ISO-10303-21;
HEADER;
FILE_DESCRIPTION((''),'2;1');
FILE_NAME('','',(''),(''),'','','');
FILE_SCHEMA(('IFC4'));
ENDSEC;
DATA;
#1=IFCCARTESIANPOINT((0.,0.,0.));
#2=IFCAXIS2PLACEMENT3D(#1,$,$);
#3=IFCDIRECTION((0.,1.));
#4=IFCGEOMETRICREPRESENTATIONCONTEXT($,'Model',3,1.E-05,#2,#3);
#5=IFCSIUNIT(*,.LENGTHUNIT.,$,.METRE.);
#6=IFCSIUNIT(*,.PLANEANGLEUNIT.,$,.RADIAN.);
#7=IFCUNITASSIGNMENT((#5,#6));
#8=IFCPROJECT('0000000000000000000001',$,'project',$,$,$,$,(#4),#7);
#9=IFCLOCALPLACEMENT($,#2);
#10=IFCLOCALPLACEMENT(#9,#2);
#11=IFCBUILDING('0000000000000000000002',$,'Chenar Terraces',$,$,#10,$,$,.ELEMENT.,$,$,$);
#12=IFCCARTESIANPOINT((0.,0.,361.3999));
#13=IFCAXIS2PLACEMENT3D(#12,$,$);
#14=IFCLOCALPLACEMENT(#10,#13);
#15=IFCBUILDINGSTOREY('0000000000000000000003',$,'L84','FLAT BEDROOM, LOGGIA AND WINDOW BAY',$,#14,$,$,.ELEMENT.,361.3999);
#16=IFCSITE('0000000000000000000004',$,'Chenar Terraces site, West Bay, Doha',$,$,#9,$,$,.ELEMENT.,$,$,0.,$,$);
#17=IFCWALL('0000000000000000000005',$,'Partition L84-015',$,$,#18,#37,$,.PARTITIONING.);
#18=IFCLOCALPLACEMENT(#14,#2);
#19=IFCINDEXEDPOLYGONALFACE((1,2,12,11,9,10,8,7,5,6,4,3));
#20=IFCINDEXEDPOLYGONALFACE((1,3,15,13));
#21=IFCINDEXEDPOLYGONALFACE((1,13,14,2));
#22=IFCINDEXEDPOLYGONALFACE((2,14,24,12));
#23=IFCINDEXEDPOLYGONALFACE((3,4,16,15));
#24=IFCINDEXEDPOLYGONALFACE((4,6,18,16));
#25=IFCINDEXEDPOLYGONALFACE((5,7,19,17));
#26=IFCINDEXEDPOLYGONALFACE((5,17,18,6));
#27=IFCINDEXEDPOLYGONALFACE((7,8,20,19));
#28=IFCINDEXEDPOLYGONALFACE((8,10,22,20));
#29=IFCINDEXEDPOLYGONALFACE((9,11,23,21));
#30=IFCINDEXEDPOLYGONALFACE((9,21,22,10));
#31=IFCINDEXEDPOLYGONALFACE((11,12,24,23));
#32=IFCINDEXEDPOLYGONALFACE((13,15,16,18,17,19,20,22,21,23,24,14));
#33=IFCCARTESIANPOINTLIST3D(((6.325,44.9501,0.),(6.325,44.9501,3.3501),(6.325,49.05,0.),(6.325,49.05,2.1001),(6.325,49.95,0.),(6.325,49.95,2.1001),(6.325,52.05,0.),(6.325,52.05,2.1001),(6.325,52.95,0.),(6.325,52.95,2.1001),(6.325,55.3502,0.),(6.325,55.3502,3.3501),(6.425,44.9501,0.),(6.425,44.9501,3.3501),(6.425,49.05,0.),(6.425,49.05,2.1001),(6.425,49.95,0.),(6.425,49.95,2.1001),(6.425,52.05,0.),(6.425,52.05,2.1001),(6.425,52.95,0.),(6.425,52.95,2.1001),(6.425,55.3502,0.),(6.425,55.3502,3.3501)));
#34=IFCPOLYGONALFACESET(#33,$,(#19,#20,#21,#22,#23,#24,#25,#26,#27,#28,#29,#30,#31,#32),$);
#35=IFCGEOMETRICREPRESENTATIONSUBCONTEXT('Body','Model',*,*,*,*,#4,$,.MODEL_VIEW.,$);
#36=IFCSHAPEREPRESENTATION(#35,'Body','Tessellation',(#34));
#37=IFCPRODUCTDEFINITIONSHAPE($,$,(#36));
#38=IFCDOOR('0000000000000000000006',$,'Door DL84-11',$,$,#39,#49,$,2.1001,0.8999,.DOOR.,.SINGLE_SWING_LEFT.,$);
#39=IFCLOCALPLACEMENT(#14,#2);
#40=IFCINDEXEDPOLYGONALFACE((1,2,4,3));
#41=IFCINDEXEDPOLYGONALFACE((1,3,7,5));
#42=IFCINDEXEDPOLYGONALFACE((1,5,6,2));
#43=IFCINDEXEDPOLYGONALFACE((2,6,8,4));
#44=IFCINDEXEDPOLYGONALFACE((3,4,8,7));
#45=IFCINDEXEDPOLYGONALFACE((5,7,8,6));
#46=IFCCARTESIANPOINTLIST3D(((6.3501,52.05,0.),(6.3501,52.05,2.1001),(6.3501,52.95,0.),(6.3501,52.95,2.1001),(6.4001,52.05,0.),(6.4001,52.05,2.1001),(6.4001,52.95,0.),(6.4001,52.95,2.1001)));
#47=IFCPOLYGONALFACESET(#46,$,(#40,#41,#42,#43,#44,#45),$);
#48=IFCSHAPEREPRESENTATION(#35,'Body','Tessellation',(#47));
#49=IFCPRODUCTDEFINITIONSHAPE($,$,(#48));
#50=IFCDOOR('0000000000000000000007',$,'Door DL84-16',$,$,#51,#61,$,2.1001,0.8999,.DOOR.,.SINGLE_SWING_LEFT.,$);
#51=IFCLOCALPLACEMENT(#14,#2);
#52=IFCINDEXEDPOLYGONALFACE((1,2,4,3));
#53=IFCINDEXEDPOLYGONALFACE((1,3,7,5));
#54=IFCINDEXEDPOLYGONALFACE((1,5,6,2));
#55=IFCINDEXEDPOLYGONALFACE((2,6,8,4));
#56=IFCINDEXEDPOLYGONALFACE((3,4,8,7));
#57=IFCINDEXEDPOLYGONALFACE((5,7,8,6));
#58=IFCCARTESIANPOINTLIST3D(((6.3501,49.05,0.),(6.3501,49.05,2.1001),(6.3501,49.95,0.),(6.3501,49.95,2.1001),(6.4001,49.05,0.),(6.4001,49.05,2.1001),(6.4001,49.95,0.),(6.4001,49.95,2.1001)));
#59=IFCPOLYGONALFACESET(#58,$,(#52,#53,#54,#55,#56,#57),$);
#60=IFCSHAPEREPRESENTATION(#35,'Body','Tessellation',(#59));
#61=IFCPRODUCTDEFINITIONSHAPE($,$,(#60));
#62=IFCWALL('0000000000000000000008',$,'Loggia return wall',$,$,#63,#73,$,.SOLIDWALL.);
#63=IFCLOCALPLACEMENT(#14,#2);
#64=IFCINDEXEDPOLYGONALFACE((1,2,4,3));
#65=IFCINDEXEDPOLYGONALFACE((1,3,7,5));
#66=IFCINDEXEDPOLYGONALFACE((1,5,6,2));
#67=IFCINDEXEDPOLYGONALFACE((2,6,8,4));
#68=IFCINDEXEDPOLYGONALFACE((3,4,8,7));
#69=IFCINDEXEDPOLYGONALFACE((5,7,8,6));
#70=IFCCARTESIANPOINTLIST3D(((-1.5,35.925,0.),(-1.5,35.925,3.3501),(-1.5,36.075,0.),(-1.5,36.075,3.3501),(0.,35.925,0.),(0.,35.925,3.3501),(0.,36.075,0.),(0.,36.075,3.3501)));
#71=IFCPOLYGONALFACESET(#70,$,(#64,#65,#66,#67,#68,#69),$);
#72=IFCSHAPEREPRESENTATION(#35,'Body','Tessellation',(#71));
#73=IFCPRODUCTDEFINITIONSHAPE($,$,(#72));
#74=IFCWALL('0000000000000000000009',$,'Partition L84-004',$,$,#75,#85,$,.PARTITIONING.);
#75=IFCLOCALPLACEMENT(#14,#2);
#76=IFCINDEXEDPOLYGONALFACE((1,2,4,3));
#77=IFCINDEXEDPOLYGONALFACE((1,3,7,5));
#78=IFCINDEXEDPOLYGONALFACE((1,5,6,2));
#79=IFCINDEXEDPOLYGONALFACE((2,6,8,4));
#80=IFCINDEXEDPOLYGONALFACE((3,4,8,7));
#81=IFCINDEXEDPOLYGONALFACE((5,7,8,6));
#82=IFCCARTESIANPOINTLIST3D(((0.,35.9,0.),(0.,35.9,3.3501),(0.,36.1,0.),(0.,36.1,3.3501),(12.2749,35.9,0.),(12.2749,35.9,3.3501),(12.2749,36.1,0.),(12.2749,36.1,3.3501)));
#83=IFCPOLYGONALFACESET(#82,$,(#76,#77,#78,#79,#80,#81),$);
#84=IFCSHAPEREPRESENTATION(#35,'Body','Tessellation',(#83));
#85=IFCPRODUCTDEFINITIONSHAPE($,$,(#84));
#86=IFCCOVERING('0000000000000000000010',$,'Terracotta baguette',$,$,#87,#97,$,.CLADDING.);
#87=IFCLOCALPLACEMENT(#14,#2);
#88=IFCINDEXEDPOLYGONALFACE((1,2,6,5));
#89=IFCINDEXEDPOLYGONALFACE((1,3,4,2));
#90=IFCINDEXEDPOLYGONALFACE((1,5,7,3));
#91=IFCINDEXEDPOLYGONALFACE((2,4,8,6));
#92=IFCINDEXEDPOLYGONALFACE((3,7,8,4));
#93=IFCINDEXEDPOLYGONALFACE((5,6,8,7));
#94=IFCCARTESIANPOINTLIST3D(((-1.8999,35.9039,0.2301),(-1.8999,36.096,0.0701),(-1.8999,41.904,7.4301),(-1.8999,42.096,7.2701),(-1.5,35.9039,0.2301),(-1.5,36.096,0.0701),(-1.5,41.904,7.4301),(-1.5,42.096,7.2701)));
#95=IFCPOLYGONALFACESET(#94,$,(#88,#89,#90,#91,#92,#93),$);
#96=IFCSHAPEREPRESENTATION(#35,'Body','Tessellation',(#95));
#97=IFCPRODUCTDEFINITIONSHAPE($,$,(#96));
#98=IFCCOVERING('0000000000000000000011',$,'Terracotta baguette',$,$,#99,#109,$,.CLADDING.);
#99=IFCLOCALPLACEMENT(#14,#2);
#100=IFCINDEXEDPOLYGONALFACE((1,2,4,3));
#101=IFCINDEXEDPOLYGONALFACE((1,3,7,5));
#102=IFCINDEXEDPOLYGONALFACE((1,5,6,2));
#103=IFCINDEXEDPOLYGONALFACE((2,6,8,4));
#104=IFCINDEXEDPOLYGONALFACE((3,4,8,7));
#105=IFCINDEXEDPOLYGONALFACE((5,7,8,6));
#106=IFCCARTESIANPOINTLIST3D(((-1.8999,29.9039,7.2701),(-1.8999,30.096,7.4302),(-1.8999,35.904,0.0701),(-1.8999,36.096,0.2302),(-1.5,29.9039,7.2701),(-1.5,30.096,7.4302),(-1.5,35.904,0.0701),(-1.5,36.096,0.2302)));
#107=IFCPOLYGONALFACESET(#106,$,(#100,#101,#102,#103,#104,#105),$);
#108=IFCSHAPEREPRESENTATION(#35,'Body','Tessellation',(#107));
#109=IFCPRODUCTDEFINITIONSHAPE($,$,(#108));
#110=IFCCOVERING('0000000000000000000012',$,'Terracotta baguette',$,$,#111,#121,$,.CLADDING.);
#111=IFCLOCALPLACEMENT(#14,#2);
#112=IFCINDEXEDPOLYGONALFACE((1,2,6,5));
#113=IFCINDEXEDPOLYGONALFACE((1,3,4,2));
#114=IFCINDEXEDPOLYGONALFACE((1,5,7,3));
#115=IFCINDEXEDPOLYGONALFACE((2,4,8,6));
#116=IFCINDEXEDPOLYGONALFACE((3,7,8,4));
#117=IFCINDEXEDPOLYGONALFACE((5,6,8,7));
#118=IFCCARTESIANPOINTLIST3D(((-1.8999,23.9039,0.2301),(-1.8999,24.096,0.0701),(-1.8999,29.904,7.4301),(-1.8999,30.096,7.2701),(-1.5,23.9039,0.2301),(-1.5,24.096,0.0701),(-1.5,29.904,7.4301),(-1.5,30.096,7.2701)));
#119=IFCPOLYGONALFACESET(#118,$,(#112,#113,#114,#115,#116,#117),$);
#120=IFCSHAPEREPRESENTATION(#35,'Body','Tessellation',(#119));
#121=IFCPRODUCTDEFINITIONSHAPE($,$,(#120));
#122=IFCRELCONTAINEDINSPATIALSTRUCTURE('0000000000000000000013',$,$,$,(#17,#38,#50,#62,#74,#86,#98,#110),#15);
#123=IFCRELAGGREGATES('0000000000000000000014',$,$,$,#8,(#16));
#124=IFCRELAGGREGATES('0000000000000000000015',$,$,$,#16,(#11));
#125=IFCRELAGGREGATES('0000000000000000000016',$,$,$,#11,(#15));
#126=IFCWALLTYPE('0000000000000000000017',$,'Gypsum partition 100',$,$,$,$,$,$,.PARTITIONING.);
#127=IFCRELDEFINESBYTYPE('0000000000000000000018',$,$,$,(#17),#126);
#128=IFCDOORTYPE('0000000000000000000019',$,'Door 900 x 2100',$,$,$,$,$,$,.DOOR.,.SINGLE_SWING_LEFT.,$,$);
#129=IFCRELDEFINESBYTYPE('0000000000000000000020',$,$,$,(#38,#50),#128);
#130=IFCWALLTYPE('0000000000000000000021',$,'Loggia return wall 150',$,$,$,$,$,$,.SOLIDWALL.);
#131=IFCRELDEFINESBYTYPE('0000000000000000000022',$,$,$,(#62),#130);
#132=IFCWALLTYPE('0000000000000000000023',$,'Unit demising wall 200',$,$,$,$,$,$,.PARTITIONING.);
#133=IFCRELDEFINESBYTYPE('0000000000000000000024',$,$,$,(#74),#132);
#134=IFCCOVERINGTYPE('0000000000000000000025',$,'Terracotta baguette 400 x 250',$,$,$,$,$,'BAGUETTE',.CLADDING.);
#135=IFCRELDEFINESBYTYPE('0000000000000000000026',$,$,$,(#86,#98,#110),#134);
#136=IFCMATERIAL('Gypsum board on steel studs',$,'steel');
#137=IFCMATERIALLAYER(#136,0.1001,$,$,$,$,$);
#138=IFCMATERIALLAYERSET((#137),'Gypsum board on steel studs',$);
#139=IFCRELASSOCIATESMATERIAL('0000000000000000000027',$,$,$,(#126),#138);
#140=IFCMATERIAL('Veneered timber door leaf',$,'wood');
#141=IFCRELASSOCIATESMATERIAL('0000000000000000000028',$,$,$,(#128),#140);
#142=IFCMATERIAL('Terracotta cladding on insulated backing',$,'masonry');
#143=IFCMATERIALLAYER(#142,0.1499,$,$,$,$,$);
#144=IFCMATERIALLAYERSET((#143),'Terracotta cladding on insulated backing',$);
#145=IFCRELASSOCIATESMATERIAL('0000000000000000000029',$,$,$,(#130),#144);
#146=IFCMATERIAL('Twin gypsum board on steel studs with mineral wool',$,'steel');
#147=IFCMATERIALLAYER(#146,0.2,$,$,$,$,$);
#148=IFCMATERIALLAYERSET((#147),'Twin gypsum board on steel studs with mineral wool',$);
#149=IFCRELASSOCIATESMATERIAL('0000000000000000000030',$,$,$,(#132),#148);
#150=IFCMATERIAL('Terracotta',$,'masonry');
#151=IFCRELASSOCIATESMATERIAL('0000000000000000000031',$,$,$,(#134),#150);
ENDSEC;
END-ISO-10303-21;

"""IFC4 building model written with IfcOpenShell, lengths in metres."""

from ifc_helpers import new_model, si_unit, direction, frame, frame_2d, origin, origin_2d, place, context, subcontext, project, spatial, rectangle, extrude, material, layer, layer_set, material_profile, profile_set, type_object, element, fill, save


model = new_model("IFC4")

# Units and contexts
model_context = context("Model", 3, precision=1e-05, world=origin(), true_north=direction((0.0, 1.0)))
body_context = subcontext(model_context, "Body", "Model", "MODEL_VIEW")
ifc_project = project(units=[si_unit("LENGTHUNIT", "METRE"), si_unit("PLANEANGLEUNIT", "RADIAN")], contexts=[model_context])

# Site, building, storey
site_placement = place(None, origin())
site = spatial("IfcSite", under=ifc_project, at=site_placement, Name="Chenar Terraces site, West Bay, Doha", CompositionType="ELEMENT", RefElevation=0.0)
building_placement = place(site_placement, origin())
building = spatial("IfcBuilding", under=site, at=building_placement, Name="Chenar Terraces", CompositionType="ELEMENT")
storey_placement = place(building_placement, frame((0.0, 0.0, 361.3999)))
storey = spatial("IfcBuildingStorey", under=building, at=storey_placement, Name="L84", Description="FLAT BEDROOM, LOGGIA AND WINDOW BAY", CompositionType="ELEMENT", Elevation=361.3999)

# Shared definitions
placement = place(storey_placement, frame((0.0, 36.0, 0.0), z_axis=(0.0, 0.0, 1.0), x_axis=(1.0, 0.0, 0.0)))

# Shared definitions
ifc_material_1 = material(Name="Gypsum board on steel studs", Category="steel")
ifc_layer_1 = layer(ifc_material_1, 0.1001)
ifc_layer_set_1 = layer_set([ifc_layer_1], Name="Gypsum board on steel studs")
wall_type_1 = type_object("IfcWallType", Name="Gypsum partition 100", PredefinedType="PARTITIONING", material=ifc_layer_set_1)
ifc_material_2 = material(Name="Veneered timber door leaf", Category="wood")
door_type_1 = type_object("IfcDoorType", Name="Door 900 x 2100", OperationType="SINGLE_SWING_LEFT", PredefinedType="DOOR", material=ifc_material_2)

# Wall, openings, doors
wall_1_placement = place(storey_placement, frame((6.375, 44.95, 0.0), z_axis=(0.0, 0.0, 1.0), x_axis=(0.0, 1.0, 0.0)))
wall_1 = element("IfcWall", 1, at=wall_1_placement, inside=storey, type_object=wall_type_1, Name="Partition L84-015", PredefinedType="PARTITIONING", context=body_context, shape_type="SweptSolid", body=[
    extrude(rectangle(XDim=10.4001, YDim=0.1001, at=frame_2d((5.2002, 0.0))), origin(), (0.0, 0.0, 1.0), 3.3501),
])
opening_1_placement = place(wall_1_placement, frame((7.1001, 0.0, 0.0)))
opening_1 = element("IfcOpeningElement", 2, at=opening_1_placement, cuts=wall_1, PredefinedType="OPENING", context=body_context, shape_type="SweptSolid", body=[
    extrude(rectangle(XDim=0.8999, YDim=2.1001, at=frame_2d((0.45, 1.05))), frame((0.0, 0.0601, 0.0), z_axis=(0.0, -1.0, 0.0), x_axis=(1.0, 0.0, 0.0)), (0.0, 0.0, 1.0), 0.1201),
])
opening_2_placement = place(wall_1_placement, frame((4.1001, 0.0, 0.0)))
opening_2 = element("IfcOpeningElement", 3, at=opening_2_placement, cuts=wall_1, PredefinedType="OPENING", context=body_context, shape_type="SweptSolid", body=[
    extrude(rectangle(XDim=0.8999, YDim=2.1001, at=frame_2d((0.45, 1.05))), frame((0.0, 0.0601, 0.0), z_axis=(0.0, -1.0, 0.0), x_axis=(1.0, 0.0, 0.0)), (0.0, 0.0, 1.0), 0.1201),
])
door_1_placement = place(opening_1_placement, origin())
door_1 = element("IfcDoor", 4, at=door_1_placement, inside=storey, type_object=door_type_1, Name="Door DL84-11", OperationType="SINGLE_SWING_LEFT", OverallHeight=2.1001, OverallWidth=0.8999, PredefinedType="DOOR", context=body_context, shape_type="SweptSolid", body=[
    extrude(rectangle(XDim=0.8999, YDim=2.1001, at=frame_2d((0.45, 1.05))), frame((0.0, 0.0249, 0.0), z_axis=(0.0, -1.0, 0.0), x_axis=(1.0, 0.0, 0.0)), (0.0, 0.0, 1.0), 0.05),
])
fill(opening_1, door_1)
door_2_placement = place(opening_2_placement, origin())
door_2 = element("IfcDoor", 5, at=door_2_placement, inside=storey, type_object=door_type_1, Name="Door DL84-16", OperationType="SINGLE_SWING_LEFT", OverallHeight=2.1001, OverallWidth=0.8999, PredefinedType="DOOR", context=body_context, shape_type="SweptSolid", body=[
    extrude(rectangle(XDim=0.8999, YDim=2.1001, at=frame_2d((0.45, 1.05))), frame((0.0, 0.0249, 0.0), z_axis=(0.0, -1.0, 0.0), x_axis=(1.0, 0.0, 0.0)), (0.0, 0.0, 1.0), 0.05),
])
fill(opening_2, door_2)

# Walls
ifc_material_3 = material(Name="Terracotta cladding on insulated backing", Category="masonry")
ifc_layer_2 = layer(ifc_material_3, 0.1499)
ifc_layer_set_2 = layer_set([ifc_layer_2], Name="Terracotta cladding on insulated backing")
wall_type_2 = type_object("IfcWallType", Name="Loggia return wall 150", PredefinedType="SOLIDWALL", material=ifc_layer_set_2)
wall_2_placement = place(storey_placement, frame((-1.5, 36.0, 0.0), z_axis=(0.0, 0.0, 1.0), x_axis=(1.0, 0.0, 0.0)))
element("IfcWall", 6, at=wall_2_placement, inside=storey, type_object=wall_type_2, Name="Loggia return wall", PredefinedType="SOLIDWALL", context=body_context, shape_type="SweptSolid", body=[
    extrude(rectangle(XDim=1.5, YDim=0.1499, at=frame_2d((0.75, 0.0))), origin(), (0.0, 0.0, 1.0), 3.3501),
])
ifc_material_4 = material(Name="Twin gypsum board on steel studs with mineral wool", Category="steel")
ifc_layer_3 = layer(ifc_material_4, 0.2)
ifc_layer_set_3 = layer_set([ifc_layer_3], Name="Twin gypsum board on steel studs with mineral wool")
wall_type_3 = type_object("IfcWallType", Name="Unit demising wall 200", PredefinedType="PARTITIONING", material=ifc_layer_set_3)
element("IfcWall", 7, at=placement, inside=storey, type_object=wall_type_3, Name="Partition L84-004", PredefinedType="PARTITIONING", context=body_context, shape_type="SweptSolid", body=[
    extrude(rectangle(XDim=12.2749, YDim=0.2, at=frame_2d((6.1375, 0.0))), origin(), (0.0, 0.0, 1.0), 3.3501),
])

# Coverings
ifc_material_5 = material(Name="Terracotta", Category="masonry")
ifc_material_profile_1 = material_profile(ifc_material_5, rectangle(XDim=0.3999, YDim=0.25, at=origin_2d()), Name="Terracotta baguette 400 x 250")
ifc_profile_set_1 = profile_set([ifc_material_profile_1], Name="Terracotta")
covering_type = type_object("IfcCoveringType", Name="Terracotta baguette 400 x 250", ElementType="BAGUETTE", PredefinedType="CLADDING", material=ifc_profile_set_1)
for number, where, z_axis, x_axis, name in (
    (8, (-1.7, 42.0, 7.3501), (0.0, -0.640187, -0.768219), (1.0, 0.0, 0.0), "Terracotta baguette"),
    (9, (-1.7, 36.0, 0.1501), (0.0, -0.640187, 0.768219), (1.0, 0.0, 0.0), "Terracotta baguette"),
    (10, (-1.7, 30.0, 7.3501), (0.0, -0.640187, -0.768219), (1.0, 0.0, 0.0), "Terracotta baguette"),
):
    element("IfcCovering", number, at=place(storey_placement, frame(where, z_axis=z_axis, x_axis=x_axis)), inside=storey, type_object=covering_type, Name=name, PredefinedType="CLADDING", context=body_context, shape_type="SweptSolid", body=[
        extrude(rectangle(XDim=0.3999, YDim=0.25, at=origin_2d()), origin(), (0.0, 0.0, 1.0), 9.3723),
    ])

save(model, "model.ifc")
